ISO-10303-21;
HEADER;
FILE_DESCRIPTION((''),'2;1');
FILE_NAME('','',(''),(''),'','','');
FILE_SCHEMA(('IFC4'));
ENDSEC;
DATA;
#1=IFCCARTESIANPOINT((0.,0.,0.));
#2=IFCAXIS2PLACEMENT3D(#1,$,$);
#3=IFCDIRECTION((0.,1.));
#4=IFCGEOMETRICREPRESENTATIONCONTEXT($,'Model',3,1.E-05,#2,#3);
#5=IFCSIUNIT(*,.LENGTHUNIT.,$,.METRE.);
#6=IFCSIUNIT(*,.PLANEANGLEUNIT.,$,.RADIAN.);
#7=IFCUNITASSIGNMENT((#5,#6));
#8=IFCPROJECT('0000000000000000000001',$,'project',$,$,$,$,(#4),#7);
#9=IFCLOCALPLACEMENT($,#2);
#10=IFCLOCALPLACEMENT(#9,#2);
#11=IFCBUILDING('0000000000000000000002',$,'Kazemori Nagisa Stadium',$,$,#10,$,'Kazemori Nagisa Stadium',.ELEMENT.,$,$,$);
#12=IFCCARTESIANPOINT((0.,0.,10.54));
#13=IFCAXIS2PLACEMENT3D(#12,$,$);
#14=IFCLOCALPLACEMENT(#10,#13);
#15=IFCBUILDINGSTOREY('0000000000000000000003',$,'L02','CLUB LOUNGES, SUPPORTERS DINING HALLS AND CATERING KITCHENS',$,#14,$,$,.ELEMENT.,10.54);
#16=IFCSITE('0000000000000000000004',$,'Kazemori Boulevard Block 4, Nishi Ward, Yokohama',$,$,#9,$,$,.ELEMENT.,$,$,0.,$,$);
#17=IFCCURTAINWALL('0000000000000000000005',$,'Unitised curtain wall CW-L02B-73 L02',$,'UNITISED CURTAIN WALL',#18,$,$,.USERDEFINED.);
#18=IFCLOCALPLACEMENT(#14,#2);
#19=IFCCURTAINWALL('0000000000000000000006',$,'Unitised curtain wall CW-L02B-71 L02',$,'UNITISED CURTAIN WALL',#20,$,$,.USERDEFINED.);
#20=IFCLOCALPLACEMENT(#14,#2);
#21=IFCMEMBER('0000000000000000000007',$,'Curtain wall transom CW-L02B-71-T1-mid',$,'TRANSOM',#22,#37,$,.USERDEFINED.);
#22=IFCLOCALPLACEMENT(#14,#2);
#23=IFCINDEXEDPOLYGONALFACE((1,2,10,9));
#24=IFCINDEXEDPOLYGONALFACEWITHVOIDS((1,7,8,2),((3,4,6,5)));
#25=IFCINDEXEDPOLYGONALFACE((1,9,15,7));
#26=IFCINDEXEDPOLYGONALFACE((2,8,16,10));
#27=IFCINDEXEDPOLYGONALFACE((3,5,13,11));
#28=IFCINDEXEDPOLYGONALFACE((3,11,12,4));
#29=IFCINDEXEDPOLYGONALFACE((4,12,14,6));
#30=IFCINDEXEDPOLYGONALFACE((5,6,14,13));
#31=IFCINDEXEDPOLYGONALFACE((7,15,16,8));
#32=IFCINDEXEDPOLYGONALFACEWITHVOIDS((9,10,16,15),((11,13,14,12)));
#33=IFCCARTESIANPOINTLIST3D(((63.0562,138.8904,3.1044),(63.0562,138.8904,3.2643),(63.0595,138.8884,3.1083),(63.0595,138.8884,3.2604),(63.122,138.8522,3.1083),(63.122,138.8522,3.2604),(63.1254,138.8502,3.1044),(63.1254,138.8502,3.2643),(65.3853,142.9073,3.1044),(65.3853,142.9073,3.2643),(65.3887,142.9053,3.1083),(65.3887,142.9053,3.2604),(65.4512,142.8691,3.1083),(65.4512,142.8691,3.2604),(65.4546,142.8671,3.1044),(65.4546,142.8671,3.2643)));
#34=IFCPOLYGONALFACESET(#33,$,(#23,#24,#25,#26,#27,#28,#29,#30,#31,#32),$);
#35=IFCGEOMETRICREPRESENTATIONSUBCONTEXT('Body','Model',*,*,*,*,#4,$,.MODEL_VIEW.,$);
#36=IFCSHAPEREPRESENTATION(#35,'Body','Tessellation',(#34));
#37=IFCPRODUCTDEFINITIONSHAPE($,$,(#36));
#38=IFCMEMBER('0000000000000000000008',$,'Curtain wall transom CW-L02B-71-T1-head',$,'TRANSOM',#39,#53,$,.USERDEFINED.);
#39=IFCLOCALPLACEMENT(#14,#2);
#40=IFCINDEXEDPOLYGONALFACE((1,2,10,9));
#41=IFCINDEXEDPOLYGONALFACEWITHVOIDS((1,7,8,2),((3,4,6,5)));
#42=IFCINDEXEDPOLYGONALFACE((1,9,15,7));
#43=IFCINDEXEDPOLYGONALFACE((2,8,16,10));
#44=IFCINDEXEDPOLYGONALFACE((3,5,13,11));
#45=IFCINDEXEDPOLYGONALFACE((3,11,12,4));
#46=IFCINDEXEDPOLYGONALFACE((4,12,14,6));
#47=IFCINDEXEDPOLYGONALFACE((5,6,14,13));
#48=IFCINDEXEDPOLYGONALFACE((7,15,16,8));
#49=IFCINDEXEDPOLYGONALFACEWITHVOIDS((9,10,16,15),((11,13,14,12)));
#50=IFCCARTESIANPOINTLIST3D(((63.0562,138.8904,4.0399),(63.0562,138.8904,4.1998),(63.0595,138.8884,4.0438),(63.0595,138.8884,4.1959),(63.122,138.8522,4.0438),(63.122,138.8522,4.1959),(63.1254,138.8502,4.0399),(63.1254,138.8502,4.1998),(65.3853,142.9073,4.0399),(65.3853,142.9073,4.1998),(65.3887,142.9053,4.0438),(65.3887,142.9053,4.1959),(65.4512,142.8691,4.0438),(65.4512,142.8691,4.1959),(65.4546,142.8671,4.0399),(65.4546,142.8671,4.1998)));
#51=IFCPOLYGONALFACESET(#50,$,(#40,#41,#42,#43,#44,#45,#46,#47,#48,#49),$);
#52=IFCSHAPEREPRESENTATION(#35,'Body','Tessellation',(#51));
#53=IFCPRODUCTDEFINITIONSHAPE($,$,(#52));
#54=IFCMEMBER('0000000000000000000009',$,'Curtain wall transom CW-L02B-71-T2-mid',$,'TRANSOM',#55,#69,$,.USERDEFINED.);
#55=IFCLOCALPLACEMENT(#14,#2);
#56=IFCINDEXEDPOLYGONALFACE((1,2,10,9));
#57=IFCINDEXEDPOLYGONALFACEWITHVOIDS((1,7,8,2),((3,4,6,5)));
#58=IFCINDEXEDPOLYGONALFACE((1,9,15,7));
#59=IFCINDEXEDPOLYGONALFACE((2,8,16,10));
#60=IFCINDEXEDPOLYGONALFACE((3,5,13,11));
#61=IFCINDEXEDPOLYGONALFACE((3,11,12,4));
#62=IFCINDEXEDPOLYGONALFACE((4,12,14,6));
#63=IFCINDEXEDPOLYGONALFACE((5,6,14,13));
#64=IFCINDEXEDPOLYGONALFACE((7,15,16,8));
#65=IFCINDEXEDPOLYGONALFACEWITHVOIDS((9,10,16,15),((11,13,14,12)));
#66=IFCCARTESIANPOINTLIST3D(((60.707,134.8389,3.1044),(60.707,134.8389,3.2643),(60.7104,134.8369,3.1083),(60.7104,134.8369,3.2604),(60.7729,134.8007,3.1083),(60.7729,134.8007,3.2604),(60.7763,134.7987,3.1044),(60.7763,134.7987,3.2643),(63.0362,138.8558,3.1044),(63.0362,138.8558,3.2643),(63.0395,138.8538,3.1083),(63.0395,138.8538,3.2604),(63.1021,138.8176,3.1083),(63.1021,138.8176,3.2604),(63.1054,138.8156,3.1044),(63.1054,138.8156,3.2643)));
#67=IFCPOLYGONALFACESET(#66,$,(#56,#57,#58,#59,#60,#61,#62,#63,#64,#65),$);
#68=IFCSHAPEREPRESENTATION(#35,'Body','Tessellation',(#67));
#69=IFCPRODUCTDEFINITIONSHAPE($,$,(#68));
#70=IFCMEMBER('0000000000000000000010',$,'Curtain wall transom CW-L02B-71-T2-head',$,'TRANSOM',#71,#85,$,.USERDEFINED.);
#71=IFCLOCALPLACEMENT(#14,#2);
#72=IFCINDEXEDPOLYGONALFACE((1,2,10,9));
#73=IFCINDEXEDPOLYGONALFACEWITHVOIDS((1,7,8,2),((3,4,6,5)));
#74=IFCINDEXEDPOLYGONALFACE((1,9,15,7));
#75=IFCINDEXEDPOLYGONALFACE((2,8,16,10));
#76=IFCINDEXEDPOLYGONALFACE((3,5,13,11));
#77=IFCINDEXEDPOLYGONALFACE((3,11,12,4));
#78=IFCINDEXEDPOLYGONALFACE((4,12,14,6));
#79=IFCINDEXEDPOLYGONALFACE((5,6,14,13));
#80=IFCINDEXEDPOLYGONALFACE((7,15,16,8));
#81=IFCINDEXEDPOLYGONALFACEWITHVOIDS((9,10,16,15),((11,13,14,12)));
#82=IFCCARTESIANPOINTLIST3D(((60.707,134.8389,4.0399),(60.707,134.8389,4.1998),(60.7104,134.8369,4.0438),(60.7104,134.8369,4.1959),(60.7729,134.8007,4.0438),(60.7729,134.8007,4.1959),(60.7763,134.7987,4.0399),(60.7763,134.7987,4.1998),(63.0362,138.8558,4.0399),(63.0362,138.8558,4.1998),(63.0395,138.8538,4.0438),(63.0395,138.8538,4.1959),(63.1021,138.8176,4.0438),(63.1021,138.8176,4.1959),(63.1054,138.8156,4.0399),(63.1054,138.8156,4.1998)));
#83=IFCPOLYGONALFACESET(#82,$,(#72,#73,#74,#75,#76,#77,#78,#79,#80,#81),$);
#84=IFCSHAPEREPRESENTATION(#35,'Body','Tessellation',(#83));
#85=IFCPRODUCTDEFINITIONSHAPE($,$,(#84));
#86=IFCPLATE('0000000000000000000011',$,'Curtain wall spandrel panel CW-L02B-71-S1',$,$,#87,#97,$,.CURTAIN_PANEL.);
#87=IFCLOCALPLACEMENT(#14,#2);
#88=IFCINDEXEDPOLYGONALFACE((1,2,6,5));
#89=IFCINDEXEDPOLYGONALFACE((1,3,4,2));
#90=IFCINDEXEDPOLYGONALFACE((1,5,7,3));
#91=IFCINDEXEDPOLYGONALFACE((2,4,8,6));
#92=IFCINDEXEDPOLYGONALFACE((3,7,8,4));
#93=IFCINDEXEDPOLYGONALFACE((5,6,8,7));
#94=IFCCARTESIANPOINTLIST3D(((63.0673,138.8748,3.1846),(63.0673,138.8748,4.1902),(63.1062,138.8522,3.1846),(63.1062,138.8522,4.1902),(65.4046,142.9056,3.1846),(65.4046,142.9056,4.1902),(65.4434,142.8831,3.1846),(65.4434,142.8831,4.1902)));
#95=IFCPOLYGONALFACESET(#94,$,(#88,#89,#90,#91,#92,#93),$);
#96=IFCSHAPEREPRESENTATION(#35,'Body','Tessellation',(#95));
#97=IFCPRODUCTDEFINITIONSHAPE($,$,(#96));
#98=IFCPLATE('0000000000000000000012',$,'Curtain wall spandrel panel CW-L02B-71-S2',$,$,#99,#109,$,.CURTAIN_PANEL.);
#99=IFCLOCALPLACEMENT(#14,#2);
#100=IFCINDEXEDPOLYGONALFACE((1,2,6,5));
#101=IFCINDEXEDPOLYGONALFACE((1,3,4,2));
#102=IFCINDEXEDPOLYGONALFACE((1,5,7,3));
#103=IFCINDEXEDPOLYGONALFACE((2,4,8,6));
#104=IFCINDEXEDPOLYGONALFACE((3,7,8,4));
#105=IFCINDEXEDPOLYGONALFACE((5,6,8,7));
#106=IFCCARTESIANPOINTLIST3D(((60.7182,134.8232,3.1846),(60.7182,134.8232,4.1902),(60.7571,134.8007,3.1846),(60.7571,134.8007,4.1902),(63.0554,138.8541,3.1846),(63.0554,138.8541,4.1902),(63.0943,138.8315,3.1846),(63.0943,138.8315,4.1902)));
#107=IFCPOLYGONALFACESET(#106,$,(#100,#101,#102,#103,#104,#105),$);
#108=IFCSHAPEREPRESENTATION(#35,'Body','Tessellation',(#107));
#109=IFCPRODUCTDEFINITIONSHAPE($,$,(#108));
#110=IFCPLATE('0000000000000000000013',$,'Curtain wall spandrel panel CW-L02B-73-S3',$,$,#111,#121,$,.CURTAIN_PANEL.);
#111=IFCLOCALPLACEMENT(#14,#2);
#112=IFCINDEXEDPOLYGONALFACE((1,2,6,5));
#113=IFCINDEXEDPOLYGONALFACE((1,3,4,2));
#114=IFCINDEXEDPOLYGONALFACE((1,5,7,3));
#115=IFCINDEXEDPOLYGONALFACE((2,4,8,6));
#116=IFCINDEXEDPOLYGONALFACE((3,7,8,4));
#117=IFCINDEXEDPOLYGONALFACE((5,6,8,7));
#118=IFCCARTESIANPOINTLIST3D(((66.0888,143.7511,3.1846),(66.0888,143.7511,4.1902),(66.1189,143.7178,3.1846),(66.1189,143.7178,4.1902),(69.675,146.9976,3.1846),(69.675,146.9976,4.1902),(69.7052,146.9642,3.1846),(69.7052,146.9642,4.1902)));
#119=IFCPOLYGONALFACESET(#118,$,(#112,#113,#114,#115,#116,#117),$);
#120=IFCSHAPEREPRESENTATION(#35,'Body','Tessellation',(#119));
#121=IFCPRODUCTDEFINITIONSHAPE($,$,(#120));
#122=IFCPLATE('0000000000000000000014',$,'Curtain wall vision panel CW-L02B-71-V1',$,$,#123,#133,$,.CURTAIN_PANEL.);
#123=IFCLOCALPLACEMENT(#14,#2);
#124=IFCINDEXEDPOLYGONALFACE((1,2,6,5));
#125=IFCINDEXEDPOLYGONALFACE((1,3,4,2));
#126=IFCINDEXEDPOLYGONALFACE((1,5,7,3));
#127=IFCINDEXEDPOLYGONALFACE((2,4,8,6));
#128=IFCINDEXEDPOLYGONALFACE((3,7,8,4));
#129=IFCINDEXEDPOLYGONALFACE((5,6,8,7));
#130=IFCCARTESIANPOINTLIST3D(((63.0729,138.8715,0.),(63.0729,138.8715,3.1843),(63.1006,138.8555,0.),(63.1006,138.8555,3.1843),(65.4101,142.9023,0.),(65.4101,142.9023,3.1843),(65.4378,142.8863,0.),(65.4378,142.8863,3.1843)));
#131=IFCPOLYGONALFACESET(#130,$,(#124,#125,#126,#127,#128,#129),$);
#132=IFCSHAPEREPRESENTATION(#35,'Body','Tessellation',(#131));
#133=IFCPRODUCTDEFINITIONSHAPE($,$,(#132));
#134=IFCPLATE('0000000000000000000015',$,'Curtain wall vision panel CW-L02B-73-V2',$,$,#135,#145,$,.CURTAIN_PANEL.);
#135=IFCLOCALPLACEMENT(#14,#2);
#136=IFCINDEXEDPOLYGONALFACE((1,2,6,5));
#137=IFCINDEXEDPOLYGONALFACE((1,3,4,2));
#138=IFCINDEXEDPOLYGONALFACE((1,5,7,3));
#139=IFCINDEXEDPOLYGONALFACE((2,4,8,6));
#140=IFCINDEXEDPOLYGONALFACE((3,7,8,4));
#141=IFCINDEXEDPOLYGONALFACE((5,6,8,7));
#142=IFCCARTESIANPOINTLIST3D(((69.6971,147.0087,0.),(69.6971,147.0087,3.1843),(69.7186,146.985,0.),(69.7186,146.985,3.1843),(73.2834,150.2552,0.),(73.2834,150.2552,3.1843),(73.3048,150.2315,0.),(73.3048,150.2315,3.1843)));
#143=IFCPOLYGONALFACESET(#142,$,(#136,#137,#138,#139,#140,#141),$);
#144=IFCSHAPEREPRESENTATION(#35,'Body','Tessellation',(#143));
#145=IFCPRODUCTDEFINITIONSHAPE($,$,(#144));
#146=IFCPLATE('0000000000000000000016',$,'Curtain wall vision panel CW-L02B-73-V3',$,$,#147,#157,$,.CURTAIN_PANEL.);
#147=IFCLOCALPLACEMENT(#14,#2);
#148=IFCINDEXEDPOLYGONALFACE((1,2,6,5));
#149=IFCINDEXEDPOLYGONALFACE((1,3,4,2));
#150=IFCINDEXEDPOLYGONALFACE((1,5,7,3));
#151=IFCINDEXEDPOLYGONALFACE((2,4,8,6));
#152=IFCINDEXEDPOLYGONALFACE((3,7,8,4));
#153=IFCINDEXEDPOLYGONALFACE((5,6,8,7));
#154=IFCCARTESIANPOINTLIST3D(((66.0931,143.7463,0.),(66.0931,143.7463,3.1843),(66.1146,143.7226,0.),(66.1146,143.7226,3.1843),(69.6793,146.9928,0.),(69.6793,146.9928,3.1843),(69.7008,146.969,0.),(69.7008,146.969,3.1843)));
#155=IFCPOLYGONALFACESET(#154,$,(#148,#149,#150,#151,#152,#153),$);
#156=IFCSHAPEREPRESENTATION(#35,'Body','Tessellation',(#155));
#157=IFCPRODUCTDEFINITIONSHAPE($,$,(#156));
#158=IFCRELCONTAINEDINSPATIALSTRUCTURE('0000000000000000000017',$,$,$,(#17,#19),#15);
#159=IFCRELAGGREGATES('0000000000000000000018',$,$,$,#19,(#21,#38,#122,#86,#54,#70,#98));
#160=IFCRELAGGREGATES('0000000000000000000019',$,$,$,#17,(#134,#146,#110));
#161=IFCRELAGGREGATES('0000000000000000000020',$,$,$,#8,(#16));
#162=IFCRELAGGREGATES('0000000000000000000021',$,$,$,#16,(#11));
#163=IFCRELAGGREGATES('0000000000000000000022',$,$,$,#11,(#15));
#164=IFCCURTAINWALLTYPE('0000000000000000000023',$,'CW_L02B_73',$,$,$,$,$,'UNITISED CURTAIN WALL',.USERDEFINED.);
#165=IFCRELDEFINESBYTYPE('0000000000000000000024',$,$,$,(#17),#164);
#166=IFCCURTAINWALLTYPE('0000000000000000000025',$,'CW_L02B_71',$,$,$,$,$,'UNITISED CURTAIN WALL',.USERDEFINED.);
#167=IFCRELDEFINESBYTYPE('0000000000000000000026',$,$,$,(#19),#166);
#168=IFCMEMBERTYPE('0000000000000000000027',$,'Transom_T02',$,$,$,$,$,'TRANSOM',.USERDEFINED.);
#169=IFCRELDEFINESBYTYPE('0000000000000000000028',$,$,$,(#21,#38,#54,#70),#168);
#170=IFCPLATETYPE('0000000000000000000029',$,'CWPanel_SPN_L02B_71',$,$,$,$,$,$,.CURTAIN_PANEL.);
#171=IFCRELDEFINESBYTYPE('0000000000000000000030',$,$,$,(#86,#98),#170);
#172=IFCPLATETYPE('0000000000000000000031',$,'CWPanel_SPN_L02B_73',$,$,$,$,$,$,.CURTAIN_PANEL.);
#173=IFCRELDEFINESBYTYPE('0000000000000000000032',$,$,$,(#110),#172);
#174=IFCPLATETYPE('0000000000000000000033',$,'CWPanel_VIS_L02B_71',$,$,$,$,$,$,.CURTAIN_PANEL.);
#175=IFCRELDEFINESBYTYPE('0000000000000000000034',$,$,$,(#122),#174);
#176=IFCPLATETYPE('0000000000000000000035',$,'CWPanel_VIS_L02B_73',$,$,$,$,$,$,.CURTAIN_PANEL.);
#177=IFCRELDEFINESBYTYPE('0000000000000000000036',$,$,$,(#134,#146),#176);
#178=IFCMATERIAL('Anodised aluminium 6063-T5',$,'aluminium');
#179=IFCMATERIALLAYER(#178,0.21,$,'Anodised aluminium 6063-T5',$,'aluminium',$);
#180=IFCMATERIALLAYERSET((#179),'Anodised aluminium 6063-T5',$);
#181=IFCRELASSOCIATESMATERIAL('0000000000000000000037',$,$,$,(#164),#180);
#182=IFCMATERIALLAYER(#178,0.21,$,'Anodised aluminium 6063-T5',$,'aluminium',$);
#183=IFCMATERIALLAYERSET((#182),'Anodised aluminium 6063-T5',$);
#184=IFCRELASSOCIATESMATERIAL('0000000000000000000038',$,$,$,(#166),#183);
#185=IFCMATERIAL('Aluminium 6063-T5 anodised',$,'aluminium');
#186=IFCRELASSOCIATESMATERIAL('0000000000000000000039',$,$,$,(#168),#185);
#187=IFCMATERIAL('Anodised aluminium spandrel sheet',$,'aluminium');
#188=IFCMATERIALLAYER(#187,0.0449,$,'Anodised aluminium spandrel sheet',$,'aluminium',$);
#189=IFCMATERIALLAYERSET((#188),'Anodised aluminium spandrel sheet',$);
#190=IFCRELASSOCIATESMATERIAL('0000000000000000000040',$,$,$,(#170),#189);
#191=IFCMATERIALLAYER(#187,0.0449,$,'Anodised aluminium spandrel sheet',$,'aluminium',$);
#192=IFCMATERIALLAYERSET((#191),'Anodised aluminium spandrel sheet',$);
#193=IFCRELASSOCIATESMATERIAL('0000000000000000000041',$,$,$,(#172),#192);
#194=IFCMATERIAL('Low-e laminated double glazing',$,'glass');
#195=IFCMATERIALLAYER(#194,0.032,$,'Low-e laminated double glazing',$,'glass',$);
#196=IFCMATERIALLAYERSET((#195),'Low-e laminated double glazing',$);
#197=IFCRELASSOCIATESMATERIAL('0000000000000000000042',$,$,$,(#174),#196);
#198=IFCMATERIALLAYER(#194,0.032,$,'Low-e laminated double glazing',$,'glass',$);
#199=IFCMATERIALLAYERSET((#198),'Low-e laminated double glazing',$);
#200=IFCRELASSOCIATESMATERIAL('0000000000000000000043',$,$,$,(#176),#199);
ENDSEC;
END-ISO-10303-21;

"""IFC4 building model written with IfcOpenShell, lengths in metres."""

from ifc_helpers import new_model, si_unit, direction, frame, origin, origin_2d, place, context, subcontext, project, spatial, rectangle, hollow_rectangle, extrude, material, layer, layer_set, material_profile, profile_set, type_object, element, aggregate, save


model = new_model("IFC4")

# Units and contexts
model_context = context("Model", 3, precision=1e-05, world=origin(), true_north=direction((0.0, 1.0)))
body_context = subcontext(model_context, "Body", "Model", "MODEL_VIEW")
ifc_project = project(units=[si_unit("LENGTHUNIT", "METRE"), si_unit("PLANEANGLEUNIT", "RADIAN")], contexts=[model_context])

# Site, building, storey
site_placement = place(None, origin())
site = spatial("IfcSite", under=ifc_project, at=site_placement, Name="Kazemori Boulevard Block 4, Nishi Ward, Yokohama", CompositionType="ELEMENT", RefElevation=0.0)
building_placement = place(site_placement, origin())
building = spatial("IfcBuilding", under=site, at=building_placement, Name="Kazemori Nagisa Stadium", LongName="Kazemori Nagisa Stadium", CompositionType="ELEMENT")
storey_placement = place(building_placement, frame((0.0, 0.0, 10.54)))
storey = spatial("IfcBuildingStorey", under=building, at=storey_placement, Name="L02", Description="CLUB LOUNGES, SUPPORTERS DINING HALLS AND CATERING KITCHENS", CompositionType="ELEMENT", Elevation=10.54)

# Curtain walls
ifc_material_1 = material(Name="Anodised aluminium 6063-T5", Category="aluminium")
ifc_layer_1 = layer(ifc_material_1, 0.21, Name="Anodised aluminium 6063-T5", Category="aluminium")
ifc_layer_set_1 = layer_set([ifc_layer_1], Name="Anodised aluminium 6063-T5")
curtain_wall_type_1 = type_object("IfcCurtainWallType", Name="CW_L02B_73", ElementType="UNITISED CURTAIN WALL", PredefinedType="USERDEFINED", material=ifc_layer_set_1)
curtain_wall_1_placement = place(storey_placement, origin())
curtain_wall_1 = element("IfcCurtainWall", 1, at=curtain_wall_1_placement, inside=storey, type_object=curtain_wall_type_1, Name="Unitised curtain wall CW-L02B-73 L02", ObjectType="UNITISED CURTAIN WALL", PredefinedType="USERDEFINED")
ifc_material_2 = material(Name="Aluminium 6063-T5 anodised", Category="aluminium")
ifc_layer_2 = layer(ifc_material_1, 0.21, Name="Anodised aluminium 6063-T5", Category="aluminium")
ifc_layer_set_2 = layer_set([ifc_layer_2], Name="Anodised aluminium 6063-T5")
curtain_wall_type_2 = type_object("IfcCurtainWallType", Name="CW_L02B_71", ElementType="UNITISED CURTAIN WALL", PredefinedType="USERDEFINED", material=ifc_layer_set_2)
curtain_wall_2_placement = place(storey_placement, origin())
curtain_wall_2 = element("IfcCurtainWall", 2, at=curtain_wall_2_placement, inside=storey, type_object=curtain_wall_type_2, Name="Unitised curtain wall CW-L02B-71 L02", ObjectType="UNITISED CURTAIN WALL", PredefinedType="USERDEFINED")

# Members
ifc_material_profile_1 = material_profile(ifc_material_2, hollow_rectangle(XDim=0.0801, YDim=0.1599, WallThickness=0.0039, at=origin_2d()), Name="ALU-TRAN-80x160x4")
ifc_profile_set_1 = profile_set([ifc_material_profile_1], Name="Aluminium 6063-T5 anodised")
member_type_1 = type_object("IfcMemberType", Name="Transom_T02", ElementType="TRANSOM", PredefinedType="USERDEFINED", material=ifc_profile_set_1)
member_1_placement = place(storey_placement, frame((65.4199, 142.8872, 3.1843), z_axis=(-0.50161, -0.865094, 0.0), x_axis=(0.865094, -0.50161, 0.0)))
member_1 = element("IfcMember", 3, at=member_1_placement, type_object=member_type_1, Name="Curtain wall transom CW-L02B-71-T1-mid", ObjectType="TRANSOM", PredefinedType="USERDEFINED", context=body_context, shape_type="SweptSolid", body=[
    extrude(hollow_rectangle(XDim=0.0801, YDim=0.1599, WallThickness=0.0039, at=origin_2d()), origin(), (0.0, 0.0, 1.0), 4.6433),
])
member_2_placement = place(storey_placement, frame((65.4199, 142.8872, 4.1199), z_axis=(-0.50161, -0.865094, 0.0), x_axis=(0.865094, -0.50161, 0.0)))
member_2 = element("IfcMember", 4, at=member_2_placement, type_object=member_type_1, Name="Curtain wall transom CW-L02B-71-T1-head", ObjectType="TRANSOM", PredefinedType="USERDEFINED", context=body_context, shape_type="SweptSolid", body=[
    extrude(hollow_rectangle(XDim=0.0801, YDim=0.1599, WallThickness=0.0039, at=origin_2d()), origin(), (0.0, 0.0, 1.0), 4.6433),
])
member_3_placement = place(storey_placement, frame((63.0708, 138.8357, 3.1843), z_axis=(-0.50161, -0.865094, 0.0), x_axis=(0.865094, -0.50161, 0.0)))
member_3 = element("IfcMember", 5, at=member_3_placement, type_object=member_type_1, Name="Curtain wall transom CW-L02B-71-T2-mid", ObjectType="TRANSOM", PredefinedType="USERDEFINED", context=body_context, shape_type="SweptSolid", body=[
    extrude(hollow_rectangle(XDim=0.0801, YDim=0.1599, WallThickness=0.0039, at=origin_2d()), origin(), (0.0, 0.0, 1.0), 4.6433),
])
member_4_placement = place(storey_placement, frame((63.0708, 138.8357, 4.1199), z_axis=(-0.50161, -0.865094, 0.0), x_axis=(0.865094, -0.50161, 0.0)))
member_4 = element("IfcMember", 6, at=member_4_placement, type_object=member_type_1, Name="Curtain wall transom CW-L02B-71-T2-head", ObjectType="TRANSOM", PredefinedType="USERDEFINED", context=body_context, shape_type="SweptSolid", body=[
    extrude(hollow_rectangle(XDim=0.0801, YDim=0.1599, WallThickness=0.0039, at=origin_2d()), origin(), (0.0, 0.0, 1.0), 4.6433),
])

# Plates
ifc_material_3 = material(Name="Anodised aluminium spandrel sheet", Category="aluminium")
ifc_layer_3 = layer(ifc_material_3, 0.0449, Name="Anodised aluminium spandrel sheet", Category="aluminium")
ifc_layer_set_3 = layer_set([ifc_layer_3], Name="Anodised aluminium spandrel sheet")
plate_type_1 = type_object("IfcPlateType", Name="CWPanel_SPN_L02B_71", PredefinedType="CURTAIN_PANEL", material=ifc_layer_set_3)
plate_1_placement = place(storey_placement, frame((64.2554, 140.8789, 3.1846), z_axis=(0.0, 0.0, 1.0), x_axis=(-0.501612, -0.865093, 0.0)))
plate_1 = element("IfcPlate", 7, at=plate_1_placement, type_object=plate_type_1, Name="Curtain wall spandrel panel CW-L02B-71-S1", PredefinedType="CURTAIN_PANEL", context=body_context, shape_type="SweptSolid", body=[
    extrude(rectangle(XDim=4.6594, YDim=0.0449, at=origin_2d()), origin(), (0.0, 0.0, 1.0), 1.0056),
])
plate_2_placement = place(storey_placement, frame((61.9062, 136.8274, 3.1846), z_axis=(0.0, 0.0, 1.0), x_axis=(-0.501612, -0.865093, 0.0)))
plate_2 = element("IfcPlate", 8, at=plate_2_placement, type_object=plate_type_1, Name="Curtain wall spandrel panel CW-L02B-71-S2", PredefinedType="CURTAIN_PANEL", context=body_context, shape_type="SweptSolid", body=[
    extrude(rectangle(XDim=4.6594, YDim=0.0449, at=origin_2d()), origin(), (0.0, 0.0, 1.0), 1.0056),
])
ifc_layer_4 = layer(ifc_material_3, 0.0449, Name="Anodised aluminium spandrel sheet", Category="aluminium")
ifc_layer_set_4 = layer_set([ifc_layer_4], Name="Anodised aluminium spandrel sheet")
plate_type_2 = type_object("IfcPlateType", Name="CWPanel_SPN_L02B_73", PredefinedType="CURTAIN_PANEL", material=ifc_layer_set_4)
plate_3_placement = place(storey_placement, frame((67.897, 145.3577, 3.1846), z_axis=(0.0, 0.0, 1.0), x_axis=(-0.741351, -0.671118, 0.0)))
plate_3 = element("IfcPlate", 9, at=plate_3_placement, type_object=plate_type_2, Name="Curtain wall spandrel panel CW-L02B-73-S3", PredefinedType="CURTAIN_PANEL", context=body_context, shape_type="SweptSolid", body=[
    extrude(rectangle(XDim=4.8374, YDim=0.0449, at=origin_2d()), origin(), (0.0, 0.0, 1.0), 1.0056),
])
ifc_material_4 = material(Name="Low-e laminated double glazing", Category="glass")
ifc_layer_5 = layer(ifc_material_4, 0.032, Name="Low-e laminated double glazing", Category="glass")
ifc_layer_set_5 = layer_set([ifc_layer_5], Name="Low-e laminated double glazing")
plate_type_3 = type_object("IfcPlateType", Name="CWPanel_VIS_L02B_71", PredefinedType="CURTAIN_PANEL", material=ifc_layer_set_5)
plate_4_placement = place(storey_placement, frame((64.2554, 140.8789, 0.0), z_axis=(0.0, 0.0, 1.0), x_axis=(-0.501612, -0.865093, 0.0)))
plate_4 = element("IfcPlate", 10, at=plate_4_placement, type_object=plate_type_3, Name="Curtain wall vision panel CW-L02B-71-V1", PredefinedType="CURTAIN_PANEL", context=body_context, shape_type="SweptSolid", body=[
    extrude(rectangle(XDim=4.6594, YDim=0.032, at=origin_2d()), origin(), (0.0, 0.0, 1.0), 3.1843),
])
aggregate(curtain_wall_2, [member_1, member_2, plate_4, plate_1, member_3, member_4, plate_2])
ifc_layer_6 = layer(ifc_material_4, 0.032, Name="Low-e laminated double glazing", Category="glass")
ifc_layer_set_6 = layer_set([ifc_layer_6], Name="Low-e laminated double glazing")
plate_type_4 = type_object("IfcPlateType", Name="CWPanel_VIS_L02B_73", PredefinedType="CURTAIN_PANEL", material=ifc_layer_set_6)
plate_5_placement = place(storey_placement, frame((71.501, 148.6201, 0.0), z_axis=(0.0, 0.0, 1.0), x_axis=(-0.741351, -0.671118, 0.0)))
plate_5 = element("IfcPlate", 11, at=plate_5_placement, type_object=plate_type_4, Name="Curtain wall vision panel CW-L02B-73-V2", PredefinedType="CURTAIN_PANEL", context=body_context, shape_type="SweptSolid", body=[
    extrude(rectangle(XDim=4.8374, YDim=0.032, at=origin_2d()), origin(), (0.0, 0.0, 1.0), 3.1843),
])
plate_6_placement = place(storey_placement, frame((67.897, 145.3577, 0.0), z_axis=(0.0, 0.0, 1.0), x_axis=(-0.741351, -0.671118, 0.0)))
plate_6 = element("IfcPlate", 12, at=plate_6_placement, type_object=plate_type_4, Name="Curtain wall vision panel CW-L02B-73-V3", PredefinedType="CURTAIN_PANEL", context=body_context, shape_type="SweptSolid", body=[
    extrude(rectangle(XDim=4.8374, YDim=0.032, at=origin_2d()), origin(), (0.0, 0.0, 1.0), 3.1843),
])
aggregate(curtain_wall_1, [plate_5, plate_6, plate_3])

save(model, "model.ifc")
